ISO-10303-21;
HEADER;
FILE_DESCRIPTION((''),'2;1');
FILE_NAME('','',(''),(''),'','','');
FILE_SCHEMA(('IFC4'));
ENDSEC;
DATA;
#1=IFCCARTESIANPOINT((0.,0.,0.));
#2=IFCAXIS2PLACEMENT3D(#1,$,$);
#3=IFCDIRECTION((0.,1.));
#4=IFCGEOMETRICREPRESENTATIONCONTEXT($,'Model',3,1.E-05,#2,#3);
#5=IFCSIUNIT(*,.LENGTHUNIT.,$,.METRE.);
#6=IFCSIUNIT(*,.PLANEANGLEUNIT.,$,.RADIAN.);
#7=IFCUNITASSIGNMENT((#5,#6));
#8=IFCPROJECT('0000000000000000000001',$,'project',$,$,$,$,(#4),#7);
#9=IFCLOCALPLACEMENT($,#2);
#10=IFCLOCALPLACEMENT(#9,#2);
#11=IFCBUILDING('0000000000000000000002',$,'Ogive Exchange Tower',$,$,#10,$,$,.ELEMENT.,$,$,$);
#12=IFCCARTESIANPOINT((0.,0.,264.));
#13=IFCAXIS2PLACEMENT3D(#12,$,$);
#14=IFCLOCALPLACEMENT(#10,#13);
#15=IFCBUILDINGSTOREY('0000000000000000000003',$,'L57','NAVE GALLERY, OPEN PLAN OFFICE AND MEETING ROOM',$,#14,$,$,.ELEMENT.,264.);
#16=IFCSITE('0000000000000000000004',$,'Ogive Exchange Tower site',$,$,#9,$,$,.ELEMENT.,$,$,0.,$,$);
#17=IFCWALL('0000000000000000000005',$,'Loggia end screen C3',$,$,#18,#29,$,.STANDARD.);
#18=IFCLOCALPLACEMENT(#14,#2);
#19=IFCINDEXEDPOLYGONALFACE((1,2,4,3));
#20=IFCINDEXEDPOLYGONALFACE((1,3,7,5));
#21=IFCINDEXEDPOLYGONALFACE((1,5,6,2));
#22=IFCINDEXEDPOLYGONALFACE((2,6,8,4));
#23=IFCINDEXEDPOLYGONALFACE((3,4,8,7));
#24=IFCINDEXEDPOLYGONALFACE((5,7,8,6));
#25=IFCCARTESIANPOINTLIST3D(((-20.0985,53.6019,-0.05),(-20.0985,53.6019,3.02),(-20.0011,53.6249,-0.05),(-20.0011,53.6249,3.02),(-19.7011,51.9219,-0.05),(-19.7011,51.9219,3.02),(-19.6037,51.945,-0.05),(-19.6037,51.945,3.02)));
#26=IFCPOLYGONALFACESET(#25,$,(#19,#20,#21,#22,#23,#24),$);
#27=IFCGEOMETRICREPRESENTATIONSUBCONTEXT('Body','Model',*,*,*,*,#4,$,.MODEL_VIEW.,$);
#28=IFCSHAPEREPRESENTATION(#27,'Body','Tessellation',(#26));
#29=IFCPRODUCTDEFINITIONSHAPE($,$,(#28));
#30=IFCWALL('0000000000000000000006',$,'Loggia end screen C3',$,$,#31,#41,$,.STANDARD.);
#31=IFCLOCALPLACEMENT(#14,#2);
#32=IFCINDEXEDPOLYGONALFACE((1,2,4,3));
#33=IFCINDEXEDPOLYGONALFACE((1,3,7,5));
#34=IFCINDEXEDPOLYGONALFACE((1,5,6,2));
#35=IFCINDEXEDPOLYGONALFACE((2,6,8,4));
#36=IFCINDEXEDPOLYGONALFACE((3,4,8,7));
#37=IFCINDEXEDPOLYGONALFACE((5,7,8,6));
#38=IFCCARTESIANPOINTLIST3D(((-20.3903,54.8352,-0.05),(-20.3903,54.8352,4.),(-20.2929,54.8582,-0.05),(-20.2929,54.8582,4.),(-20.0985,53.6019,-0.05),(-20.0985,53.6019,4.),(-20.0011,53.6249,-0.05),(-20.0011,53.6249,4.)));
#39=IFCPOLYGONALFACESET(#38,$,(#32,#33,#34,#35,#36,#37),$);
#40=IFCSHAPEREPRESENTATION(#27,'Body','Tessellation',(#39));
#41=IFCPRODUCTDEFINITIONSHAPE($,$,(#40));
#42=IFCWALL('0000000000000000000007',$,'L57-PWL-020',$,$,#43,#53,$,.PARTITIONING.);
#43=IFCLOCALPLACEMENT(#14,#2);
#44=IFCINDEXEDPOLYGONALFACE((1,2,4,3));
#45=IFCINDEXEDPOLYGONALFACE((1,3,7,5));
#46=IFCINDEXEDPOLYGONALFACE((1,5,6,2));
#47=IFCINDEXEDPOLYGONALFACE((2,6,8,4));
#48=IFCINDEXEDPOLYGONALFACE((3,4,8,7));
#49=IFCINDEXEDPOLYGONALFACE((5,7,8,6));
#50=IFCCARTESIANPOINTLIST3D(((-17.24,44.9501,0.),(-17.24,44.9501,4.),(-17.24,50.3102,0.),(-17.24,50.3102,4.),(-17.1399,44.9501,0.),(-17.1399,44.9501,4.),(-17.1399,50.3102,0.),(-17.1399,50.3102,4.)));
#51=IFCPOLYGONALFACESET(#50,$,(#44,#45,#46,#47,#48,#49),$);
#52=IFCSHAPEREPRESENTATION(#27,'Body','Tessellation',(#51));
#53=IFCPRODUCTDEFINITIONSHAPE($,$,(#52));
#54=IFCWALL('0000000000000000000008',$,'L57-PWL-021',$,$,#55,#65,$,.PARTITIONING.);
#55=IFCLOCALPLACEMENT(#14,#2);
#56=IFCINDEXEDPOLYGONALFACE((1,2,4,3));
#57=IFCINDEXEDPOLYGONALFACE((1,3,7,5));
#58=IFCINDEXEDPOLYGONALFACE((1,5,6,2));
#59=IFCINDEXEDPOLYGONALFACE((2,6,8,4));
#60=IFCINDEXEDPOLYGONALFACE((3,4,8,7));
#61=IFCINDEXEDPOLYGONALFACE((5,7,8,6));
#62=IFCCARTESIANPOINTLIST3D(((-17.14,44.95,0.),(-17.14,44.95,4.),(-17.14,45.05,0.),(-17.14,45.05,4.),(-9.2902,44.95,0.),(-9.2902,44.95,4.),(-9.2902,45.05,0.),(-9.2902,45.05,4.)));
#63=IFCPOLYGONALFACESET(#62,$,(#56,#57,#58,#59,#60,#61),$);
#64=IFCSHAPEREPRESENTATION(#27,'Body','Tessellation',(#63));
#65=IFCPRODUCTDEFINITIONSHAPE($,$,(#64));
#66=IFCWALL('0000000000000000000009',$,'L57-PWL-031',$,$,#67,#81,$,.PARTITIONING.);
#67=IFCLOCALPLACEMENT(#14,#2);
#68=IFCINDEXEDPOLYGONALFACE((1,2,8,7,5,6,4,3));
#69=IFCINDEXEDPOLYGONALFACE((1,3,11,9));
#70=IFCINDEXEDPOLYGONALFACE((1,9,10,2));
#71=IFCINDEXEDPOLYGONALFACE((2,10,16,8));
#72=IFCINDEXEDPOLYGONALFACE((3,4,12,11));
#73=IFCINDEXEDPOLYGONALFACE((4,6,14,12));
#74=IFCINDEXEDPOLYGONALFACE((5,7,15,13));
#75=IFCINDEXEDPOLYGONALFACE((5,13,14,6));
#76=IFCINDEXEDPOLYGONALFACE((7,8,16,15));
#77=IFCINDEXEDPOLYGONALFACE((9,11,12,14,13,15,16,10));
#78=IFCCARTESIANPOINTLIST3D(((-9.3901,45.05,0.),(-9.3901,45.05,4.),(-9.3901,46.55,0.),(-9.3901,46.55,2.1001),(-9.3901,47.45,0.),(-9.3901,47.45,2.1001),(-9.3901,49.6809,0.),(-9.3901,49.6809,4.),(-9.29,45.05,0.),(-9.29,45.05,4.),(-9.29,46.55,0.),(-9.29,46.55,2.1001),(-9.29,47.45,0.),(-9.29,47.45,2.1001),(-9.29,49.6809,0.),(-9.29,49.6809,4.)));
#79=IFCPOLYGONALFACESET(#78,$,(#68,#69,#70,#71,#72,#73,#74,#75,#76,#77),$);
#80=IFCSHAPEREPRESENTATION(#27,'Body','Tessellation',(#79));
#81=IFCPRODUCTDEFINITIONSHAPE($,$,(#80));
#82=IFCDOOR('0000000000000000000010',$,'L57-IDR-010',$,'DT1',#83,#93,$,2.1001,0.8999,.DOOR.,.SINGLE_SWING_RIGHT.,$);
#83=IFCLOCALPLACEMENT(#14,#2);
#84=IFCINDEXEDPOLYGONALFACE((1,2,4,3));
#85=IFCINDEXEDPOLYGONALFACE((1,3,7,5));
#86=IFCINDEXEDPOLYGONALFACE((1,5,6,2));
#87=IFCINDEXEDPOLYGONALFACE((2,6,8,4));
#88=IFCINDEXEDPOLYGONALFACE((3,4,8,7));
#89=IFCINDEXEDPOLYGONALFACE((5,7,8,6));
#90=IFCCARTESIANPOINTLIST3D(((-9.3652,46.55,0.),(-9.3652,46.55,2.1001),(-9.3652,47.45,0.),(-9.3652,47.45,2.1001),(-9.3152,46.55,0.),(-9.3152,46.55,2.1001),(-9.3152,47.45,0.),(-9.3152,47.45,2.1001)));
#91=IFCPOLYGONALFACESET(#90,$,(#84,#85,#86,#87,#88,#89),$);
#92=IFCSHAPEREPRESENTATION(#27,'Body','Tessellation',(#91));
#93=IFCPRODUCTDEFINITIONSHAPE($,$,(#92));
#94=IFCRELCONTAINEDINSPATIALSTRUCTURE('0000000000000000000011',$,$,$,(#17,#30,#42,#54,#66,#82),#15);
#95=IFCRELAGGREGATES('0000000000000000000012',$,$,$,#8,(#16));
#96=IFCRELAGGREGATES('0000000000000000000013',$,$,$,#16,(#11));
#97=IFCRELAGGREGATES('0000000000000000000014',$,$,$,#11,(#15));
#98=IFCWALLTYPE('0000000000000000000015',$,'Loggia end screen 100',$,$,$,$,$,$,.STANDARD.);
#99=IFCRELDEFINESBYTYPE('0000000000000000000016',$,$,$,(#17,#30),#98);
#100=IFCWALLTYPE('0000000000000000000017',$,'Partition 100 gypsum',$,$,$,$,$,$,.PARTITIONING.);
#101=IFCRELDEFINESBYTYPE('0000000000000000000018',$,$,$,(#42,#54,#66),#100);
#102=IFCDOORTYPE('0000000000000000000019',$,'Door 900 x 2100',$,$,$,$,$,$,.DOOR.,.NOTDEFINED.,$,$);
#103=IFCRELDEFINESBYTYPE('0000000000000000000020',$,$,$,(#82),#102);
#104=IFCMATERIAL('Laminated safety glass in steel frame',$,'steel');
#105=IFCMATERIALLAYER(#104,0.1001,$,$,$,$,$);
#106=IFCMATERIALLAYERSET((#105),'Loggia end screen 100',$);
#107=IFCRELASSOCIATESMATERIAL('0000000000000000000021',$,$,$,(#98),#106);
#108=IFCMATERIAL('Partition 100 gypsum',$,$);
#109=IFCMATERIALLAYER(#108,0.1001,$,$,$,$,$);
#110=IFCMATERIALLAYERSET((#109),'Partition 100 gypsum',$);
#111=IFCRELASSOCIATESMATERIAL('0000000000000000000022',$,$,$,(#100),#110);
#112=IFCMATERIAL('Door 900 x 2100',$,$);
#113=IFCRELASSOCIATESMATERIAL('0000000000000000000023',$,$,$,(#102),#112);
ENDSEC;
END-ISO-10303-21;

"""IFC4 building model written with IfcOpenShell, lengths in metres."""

from ifc_helpers import new_model, si_unit, direction, frame, frame_2d, origin, place, context, subcontext, project, spatial, rectangle, extrude, material, layer, layer_set, type_object, element, fill, save


model = new_model("IFC4")

# Units and contexts
model_context = context("Model", 3, precision=1e-05, world=origin(), true_north=direction((0.0, 1.0)))
body_context = subcontext(model_context, "Body", "Model", "MODEL_VIEW")
ifc_project = project(units=[si_unit("LENGTHUNIT", "METRE"), si_unit("PLANEANGLEUNIT", "RADIAN")], contexts=[model_context])

# Site, building, storey
site_placement = place(None, origin())
site = spatial("IfcSite", under=ifc_project, at=site_placement, Name="Ogive Exchange Tower site", CompositionType="ELEMENT", RefElevation=0.0)
building_placement = place(site_placement, origin())
building = spatial("IfcBuilding", under=site, at=building_placement, Name="Ogive Exchange Tower", CompositionType="ELEMENT")
storey_placement = place(building_placement, frame((0.0, 0.0, 264.0)))
storey = spatial("IfcBuildingStorey", under=building, at=storey_placement, Name="L57", Description="NAVE GALLERY, OPEN PLAN OFFICE AND MEETING ROOM", CompositionType="ELEMENT", Elevation=264.0)

# Walls
ifc_material_1 = material(Name="Laminated safety glass in steel frame", Category="steel")
ifc_layer_1 = layer(ifc_material_1, 0.1001)
ifc_layer_set_1 = layer_set([ifc_layer_1], Name="Loggia end screen 100")
wall_type_1 = type_object("IfcWallType", Name="Loggia end screen 100", PredefinedType="STANDARD", material=ifc_layer_set_1)
wall_1_placement = place(storey_placement, frame((-19.6523, 51.9333, -0.05), z_axis=(0.0, 0.0, 1.0), x_axis=(-0.230237, 0.973135, 0.0)))
element("IfcWall", 1, at=wall_1_placement, inside=storey, type_object=wall_type_1, Name="Loggia end screen C3", PredefinedType="STANDARD", context=body_context, shape_type="SweptSolid", body=[
    extrude(rectangle(XDim=1.7263, YDim=0.1001, at=frame_2d((0.8633, 0.0))), origin(), (0.0, 0.0, 1.0), 3.0701),
])
wall_2_placement = place(storey_placement, frame((-20.0498, 53.6133, -0.05), z_axis=(0.0, 0.0, 1.0), x_axis=(-0.230188, 0.973146, 0.0)))
element("IfcWall", 2, at=wall_2_placement, inside=storey, type_object=wall_type_1, Name="Loggia end screen C3", PredefinedType="STANDARD", context=body_context, shape_type="SweptSolid", body=[
    extrude(rectangle(XDim=1.2673, YDim=0.1001, at=frame_2d((0.6338, 0.0))), origin(), (0.0, 0.0, 1.0), 4.05),
])
ifc_material_2 = material(Name="Partition 100 gypsum")
ifc_layer_2 = layer(ifc_material_2, 0.1001)
ifc_layer_set_2 = layer_set([ifc_layer_2], Name="Partition 100 gypsum")
wall_type_2 = type_object("IfcWallType", Name="Partition 100 gypsum", PredefinedType="PARTITIONING", material=ifc_layer_set_2)
wall_3_placement = place(storey_placement, frame((-17.1899, 44.95, 0.0), z_axis=(0.0, 0.0, 1.0), x_axis=(0.0, 1.0, 0.0)))
element("IfcWall", 3, at=wall_3_placement, inside=storey, type_object=wall_type_2, Name="L57-PWL-020", PredefinedType="PARTITIONING", context=body_context, shape_type="SweptSolid", body=[
    extrude(rectangle(XDim=5.3601, YDim=0.1001, at=frame_2d((2.6802, 0.0))), origin(), (0.0, 0.0, 1.0), 4.0),
])
wall_4_placement = place(storey_placement, frame((-17.1399, 45.0, 0.0), z_axis=(0.0, 0.0, 1.0), x_axis=(1.0, 0.0, 0.0)))
element("IfcWall", 4, at=wall_4_placement, inside=storey, type_object=wall_type_2, Name="L57-PWL-021", PredefinedType="PARTITIONING", context=body_context, shape_type="SweptSolid", body=[
    extrude(rectangle(XDim=7.8499, YDim=0.1001, at=frame_2d((3.9248, 0.0))), origin(), (0.0, 0.0, 1.0), 4.0),
])

# Wall, opening, door
wall_5_placement = place(storey_placement, frame((-9.3401, 45.05, 0.0), z_axis=(0.0, 0.0, 1.0), x_axis=(0.0, 1.0, 0.0)))
wall_5 = element("IfcWall", 5, at=wall_5_placement, inside=storey, type_object=wall_type_2, Name="L57-PWL-031", PredefinedType="PARTITIONING", context=body_context, shape_type="SweptSolid", body=[
    extrude(rectangle(XDim=4.6309, YDim=0.1001, at=frame_2d((2.3154, 0.0))), origin(), (0.0, 0.0, 1.0), 4.0),
])
opening_1_placement = place(wall_5_placement, frame((1.5, 0.0, 0.0)))
opening_1 = element("IfcOpeningElement", 6, at=opening_1_placement, cuts=wall_5, PredefinedType="OPENING", context=body_context, shape_type="SweptSolid", body=[
    extrude(rectangle(XDim=0.8999, YDim=2.1001, at=frame_2d((0.45, 1.05))), frame((0.0, 0.0601, 0.0), z_axis=(0.0, -1.0, 0.0), x_axis=(1.0, 0.0, 0.0)), (0.0, 0.0, 1.0), 0.1201),
])
ifc_material_3 = material(Name="Door 900 x 2100")
door_type_1 = type_object("IfcDoorType", Name="Door 900 x 2100", OperationType="NOTDEFINED", PredefinedType="DOOR", material=ifc_material_3)
door_1_placement = place(opening_1_placement, frame((0.8999, 0.0, 0.0), z_axis=(0.0, 0.0, 1.0), x_axis=(-1.0, 0.0, 0.0)))
door_1 = element("IfcDoor", 7, at=door_1_placement, inside=storey, type_object=door_type_1, Name="L57-IDR-010", ObjectType="DT1", OperationType="SINGLE_SWING_RIGHT", OverallHeight=2.1001, OverallWidth=0.8999, PredefinedType="DOOR", context=body_context, shape_type="SweptSolid", body=[
    extrude(rectangle(XDim=0.8999, YDim=2.1001, at=frame_2d((0.45, 1.05))), frame((0.0, 0.0249, 0.0), z_axis=(0.0, -1.0, 0.0), x_axis=(1.0, 0.0, 0.0)), (0.0, 0.0, 1.0), 0.05),
])
fill(opening_1, door_1)

save(model, "model.ifc")
